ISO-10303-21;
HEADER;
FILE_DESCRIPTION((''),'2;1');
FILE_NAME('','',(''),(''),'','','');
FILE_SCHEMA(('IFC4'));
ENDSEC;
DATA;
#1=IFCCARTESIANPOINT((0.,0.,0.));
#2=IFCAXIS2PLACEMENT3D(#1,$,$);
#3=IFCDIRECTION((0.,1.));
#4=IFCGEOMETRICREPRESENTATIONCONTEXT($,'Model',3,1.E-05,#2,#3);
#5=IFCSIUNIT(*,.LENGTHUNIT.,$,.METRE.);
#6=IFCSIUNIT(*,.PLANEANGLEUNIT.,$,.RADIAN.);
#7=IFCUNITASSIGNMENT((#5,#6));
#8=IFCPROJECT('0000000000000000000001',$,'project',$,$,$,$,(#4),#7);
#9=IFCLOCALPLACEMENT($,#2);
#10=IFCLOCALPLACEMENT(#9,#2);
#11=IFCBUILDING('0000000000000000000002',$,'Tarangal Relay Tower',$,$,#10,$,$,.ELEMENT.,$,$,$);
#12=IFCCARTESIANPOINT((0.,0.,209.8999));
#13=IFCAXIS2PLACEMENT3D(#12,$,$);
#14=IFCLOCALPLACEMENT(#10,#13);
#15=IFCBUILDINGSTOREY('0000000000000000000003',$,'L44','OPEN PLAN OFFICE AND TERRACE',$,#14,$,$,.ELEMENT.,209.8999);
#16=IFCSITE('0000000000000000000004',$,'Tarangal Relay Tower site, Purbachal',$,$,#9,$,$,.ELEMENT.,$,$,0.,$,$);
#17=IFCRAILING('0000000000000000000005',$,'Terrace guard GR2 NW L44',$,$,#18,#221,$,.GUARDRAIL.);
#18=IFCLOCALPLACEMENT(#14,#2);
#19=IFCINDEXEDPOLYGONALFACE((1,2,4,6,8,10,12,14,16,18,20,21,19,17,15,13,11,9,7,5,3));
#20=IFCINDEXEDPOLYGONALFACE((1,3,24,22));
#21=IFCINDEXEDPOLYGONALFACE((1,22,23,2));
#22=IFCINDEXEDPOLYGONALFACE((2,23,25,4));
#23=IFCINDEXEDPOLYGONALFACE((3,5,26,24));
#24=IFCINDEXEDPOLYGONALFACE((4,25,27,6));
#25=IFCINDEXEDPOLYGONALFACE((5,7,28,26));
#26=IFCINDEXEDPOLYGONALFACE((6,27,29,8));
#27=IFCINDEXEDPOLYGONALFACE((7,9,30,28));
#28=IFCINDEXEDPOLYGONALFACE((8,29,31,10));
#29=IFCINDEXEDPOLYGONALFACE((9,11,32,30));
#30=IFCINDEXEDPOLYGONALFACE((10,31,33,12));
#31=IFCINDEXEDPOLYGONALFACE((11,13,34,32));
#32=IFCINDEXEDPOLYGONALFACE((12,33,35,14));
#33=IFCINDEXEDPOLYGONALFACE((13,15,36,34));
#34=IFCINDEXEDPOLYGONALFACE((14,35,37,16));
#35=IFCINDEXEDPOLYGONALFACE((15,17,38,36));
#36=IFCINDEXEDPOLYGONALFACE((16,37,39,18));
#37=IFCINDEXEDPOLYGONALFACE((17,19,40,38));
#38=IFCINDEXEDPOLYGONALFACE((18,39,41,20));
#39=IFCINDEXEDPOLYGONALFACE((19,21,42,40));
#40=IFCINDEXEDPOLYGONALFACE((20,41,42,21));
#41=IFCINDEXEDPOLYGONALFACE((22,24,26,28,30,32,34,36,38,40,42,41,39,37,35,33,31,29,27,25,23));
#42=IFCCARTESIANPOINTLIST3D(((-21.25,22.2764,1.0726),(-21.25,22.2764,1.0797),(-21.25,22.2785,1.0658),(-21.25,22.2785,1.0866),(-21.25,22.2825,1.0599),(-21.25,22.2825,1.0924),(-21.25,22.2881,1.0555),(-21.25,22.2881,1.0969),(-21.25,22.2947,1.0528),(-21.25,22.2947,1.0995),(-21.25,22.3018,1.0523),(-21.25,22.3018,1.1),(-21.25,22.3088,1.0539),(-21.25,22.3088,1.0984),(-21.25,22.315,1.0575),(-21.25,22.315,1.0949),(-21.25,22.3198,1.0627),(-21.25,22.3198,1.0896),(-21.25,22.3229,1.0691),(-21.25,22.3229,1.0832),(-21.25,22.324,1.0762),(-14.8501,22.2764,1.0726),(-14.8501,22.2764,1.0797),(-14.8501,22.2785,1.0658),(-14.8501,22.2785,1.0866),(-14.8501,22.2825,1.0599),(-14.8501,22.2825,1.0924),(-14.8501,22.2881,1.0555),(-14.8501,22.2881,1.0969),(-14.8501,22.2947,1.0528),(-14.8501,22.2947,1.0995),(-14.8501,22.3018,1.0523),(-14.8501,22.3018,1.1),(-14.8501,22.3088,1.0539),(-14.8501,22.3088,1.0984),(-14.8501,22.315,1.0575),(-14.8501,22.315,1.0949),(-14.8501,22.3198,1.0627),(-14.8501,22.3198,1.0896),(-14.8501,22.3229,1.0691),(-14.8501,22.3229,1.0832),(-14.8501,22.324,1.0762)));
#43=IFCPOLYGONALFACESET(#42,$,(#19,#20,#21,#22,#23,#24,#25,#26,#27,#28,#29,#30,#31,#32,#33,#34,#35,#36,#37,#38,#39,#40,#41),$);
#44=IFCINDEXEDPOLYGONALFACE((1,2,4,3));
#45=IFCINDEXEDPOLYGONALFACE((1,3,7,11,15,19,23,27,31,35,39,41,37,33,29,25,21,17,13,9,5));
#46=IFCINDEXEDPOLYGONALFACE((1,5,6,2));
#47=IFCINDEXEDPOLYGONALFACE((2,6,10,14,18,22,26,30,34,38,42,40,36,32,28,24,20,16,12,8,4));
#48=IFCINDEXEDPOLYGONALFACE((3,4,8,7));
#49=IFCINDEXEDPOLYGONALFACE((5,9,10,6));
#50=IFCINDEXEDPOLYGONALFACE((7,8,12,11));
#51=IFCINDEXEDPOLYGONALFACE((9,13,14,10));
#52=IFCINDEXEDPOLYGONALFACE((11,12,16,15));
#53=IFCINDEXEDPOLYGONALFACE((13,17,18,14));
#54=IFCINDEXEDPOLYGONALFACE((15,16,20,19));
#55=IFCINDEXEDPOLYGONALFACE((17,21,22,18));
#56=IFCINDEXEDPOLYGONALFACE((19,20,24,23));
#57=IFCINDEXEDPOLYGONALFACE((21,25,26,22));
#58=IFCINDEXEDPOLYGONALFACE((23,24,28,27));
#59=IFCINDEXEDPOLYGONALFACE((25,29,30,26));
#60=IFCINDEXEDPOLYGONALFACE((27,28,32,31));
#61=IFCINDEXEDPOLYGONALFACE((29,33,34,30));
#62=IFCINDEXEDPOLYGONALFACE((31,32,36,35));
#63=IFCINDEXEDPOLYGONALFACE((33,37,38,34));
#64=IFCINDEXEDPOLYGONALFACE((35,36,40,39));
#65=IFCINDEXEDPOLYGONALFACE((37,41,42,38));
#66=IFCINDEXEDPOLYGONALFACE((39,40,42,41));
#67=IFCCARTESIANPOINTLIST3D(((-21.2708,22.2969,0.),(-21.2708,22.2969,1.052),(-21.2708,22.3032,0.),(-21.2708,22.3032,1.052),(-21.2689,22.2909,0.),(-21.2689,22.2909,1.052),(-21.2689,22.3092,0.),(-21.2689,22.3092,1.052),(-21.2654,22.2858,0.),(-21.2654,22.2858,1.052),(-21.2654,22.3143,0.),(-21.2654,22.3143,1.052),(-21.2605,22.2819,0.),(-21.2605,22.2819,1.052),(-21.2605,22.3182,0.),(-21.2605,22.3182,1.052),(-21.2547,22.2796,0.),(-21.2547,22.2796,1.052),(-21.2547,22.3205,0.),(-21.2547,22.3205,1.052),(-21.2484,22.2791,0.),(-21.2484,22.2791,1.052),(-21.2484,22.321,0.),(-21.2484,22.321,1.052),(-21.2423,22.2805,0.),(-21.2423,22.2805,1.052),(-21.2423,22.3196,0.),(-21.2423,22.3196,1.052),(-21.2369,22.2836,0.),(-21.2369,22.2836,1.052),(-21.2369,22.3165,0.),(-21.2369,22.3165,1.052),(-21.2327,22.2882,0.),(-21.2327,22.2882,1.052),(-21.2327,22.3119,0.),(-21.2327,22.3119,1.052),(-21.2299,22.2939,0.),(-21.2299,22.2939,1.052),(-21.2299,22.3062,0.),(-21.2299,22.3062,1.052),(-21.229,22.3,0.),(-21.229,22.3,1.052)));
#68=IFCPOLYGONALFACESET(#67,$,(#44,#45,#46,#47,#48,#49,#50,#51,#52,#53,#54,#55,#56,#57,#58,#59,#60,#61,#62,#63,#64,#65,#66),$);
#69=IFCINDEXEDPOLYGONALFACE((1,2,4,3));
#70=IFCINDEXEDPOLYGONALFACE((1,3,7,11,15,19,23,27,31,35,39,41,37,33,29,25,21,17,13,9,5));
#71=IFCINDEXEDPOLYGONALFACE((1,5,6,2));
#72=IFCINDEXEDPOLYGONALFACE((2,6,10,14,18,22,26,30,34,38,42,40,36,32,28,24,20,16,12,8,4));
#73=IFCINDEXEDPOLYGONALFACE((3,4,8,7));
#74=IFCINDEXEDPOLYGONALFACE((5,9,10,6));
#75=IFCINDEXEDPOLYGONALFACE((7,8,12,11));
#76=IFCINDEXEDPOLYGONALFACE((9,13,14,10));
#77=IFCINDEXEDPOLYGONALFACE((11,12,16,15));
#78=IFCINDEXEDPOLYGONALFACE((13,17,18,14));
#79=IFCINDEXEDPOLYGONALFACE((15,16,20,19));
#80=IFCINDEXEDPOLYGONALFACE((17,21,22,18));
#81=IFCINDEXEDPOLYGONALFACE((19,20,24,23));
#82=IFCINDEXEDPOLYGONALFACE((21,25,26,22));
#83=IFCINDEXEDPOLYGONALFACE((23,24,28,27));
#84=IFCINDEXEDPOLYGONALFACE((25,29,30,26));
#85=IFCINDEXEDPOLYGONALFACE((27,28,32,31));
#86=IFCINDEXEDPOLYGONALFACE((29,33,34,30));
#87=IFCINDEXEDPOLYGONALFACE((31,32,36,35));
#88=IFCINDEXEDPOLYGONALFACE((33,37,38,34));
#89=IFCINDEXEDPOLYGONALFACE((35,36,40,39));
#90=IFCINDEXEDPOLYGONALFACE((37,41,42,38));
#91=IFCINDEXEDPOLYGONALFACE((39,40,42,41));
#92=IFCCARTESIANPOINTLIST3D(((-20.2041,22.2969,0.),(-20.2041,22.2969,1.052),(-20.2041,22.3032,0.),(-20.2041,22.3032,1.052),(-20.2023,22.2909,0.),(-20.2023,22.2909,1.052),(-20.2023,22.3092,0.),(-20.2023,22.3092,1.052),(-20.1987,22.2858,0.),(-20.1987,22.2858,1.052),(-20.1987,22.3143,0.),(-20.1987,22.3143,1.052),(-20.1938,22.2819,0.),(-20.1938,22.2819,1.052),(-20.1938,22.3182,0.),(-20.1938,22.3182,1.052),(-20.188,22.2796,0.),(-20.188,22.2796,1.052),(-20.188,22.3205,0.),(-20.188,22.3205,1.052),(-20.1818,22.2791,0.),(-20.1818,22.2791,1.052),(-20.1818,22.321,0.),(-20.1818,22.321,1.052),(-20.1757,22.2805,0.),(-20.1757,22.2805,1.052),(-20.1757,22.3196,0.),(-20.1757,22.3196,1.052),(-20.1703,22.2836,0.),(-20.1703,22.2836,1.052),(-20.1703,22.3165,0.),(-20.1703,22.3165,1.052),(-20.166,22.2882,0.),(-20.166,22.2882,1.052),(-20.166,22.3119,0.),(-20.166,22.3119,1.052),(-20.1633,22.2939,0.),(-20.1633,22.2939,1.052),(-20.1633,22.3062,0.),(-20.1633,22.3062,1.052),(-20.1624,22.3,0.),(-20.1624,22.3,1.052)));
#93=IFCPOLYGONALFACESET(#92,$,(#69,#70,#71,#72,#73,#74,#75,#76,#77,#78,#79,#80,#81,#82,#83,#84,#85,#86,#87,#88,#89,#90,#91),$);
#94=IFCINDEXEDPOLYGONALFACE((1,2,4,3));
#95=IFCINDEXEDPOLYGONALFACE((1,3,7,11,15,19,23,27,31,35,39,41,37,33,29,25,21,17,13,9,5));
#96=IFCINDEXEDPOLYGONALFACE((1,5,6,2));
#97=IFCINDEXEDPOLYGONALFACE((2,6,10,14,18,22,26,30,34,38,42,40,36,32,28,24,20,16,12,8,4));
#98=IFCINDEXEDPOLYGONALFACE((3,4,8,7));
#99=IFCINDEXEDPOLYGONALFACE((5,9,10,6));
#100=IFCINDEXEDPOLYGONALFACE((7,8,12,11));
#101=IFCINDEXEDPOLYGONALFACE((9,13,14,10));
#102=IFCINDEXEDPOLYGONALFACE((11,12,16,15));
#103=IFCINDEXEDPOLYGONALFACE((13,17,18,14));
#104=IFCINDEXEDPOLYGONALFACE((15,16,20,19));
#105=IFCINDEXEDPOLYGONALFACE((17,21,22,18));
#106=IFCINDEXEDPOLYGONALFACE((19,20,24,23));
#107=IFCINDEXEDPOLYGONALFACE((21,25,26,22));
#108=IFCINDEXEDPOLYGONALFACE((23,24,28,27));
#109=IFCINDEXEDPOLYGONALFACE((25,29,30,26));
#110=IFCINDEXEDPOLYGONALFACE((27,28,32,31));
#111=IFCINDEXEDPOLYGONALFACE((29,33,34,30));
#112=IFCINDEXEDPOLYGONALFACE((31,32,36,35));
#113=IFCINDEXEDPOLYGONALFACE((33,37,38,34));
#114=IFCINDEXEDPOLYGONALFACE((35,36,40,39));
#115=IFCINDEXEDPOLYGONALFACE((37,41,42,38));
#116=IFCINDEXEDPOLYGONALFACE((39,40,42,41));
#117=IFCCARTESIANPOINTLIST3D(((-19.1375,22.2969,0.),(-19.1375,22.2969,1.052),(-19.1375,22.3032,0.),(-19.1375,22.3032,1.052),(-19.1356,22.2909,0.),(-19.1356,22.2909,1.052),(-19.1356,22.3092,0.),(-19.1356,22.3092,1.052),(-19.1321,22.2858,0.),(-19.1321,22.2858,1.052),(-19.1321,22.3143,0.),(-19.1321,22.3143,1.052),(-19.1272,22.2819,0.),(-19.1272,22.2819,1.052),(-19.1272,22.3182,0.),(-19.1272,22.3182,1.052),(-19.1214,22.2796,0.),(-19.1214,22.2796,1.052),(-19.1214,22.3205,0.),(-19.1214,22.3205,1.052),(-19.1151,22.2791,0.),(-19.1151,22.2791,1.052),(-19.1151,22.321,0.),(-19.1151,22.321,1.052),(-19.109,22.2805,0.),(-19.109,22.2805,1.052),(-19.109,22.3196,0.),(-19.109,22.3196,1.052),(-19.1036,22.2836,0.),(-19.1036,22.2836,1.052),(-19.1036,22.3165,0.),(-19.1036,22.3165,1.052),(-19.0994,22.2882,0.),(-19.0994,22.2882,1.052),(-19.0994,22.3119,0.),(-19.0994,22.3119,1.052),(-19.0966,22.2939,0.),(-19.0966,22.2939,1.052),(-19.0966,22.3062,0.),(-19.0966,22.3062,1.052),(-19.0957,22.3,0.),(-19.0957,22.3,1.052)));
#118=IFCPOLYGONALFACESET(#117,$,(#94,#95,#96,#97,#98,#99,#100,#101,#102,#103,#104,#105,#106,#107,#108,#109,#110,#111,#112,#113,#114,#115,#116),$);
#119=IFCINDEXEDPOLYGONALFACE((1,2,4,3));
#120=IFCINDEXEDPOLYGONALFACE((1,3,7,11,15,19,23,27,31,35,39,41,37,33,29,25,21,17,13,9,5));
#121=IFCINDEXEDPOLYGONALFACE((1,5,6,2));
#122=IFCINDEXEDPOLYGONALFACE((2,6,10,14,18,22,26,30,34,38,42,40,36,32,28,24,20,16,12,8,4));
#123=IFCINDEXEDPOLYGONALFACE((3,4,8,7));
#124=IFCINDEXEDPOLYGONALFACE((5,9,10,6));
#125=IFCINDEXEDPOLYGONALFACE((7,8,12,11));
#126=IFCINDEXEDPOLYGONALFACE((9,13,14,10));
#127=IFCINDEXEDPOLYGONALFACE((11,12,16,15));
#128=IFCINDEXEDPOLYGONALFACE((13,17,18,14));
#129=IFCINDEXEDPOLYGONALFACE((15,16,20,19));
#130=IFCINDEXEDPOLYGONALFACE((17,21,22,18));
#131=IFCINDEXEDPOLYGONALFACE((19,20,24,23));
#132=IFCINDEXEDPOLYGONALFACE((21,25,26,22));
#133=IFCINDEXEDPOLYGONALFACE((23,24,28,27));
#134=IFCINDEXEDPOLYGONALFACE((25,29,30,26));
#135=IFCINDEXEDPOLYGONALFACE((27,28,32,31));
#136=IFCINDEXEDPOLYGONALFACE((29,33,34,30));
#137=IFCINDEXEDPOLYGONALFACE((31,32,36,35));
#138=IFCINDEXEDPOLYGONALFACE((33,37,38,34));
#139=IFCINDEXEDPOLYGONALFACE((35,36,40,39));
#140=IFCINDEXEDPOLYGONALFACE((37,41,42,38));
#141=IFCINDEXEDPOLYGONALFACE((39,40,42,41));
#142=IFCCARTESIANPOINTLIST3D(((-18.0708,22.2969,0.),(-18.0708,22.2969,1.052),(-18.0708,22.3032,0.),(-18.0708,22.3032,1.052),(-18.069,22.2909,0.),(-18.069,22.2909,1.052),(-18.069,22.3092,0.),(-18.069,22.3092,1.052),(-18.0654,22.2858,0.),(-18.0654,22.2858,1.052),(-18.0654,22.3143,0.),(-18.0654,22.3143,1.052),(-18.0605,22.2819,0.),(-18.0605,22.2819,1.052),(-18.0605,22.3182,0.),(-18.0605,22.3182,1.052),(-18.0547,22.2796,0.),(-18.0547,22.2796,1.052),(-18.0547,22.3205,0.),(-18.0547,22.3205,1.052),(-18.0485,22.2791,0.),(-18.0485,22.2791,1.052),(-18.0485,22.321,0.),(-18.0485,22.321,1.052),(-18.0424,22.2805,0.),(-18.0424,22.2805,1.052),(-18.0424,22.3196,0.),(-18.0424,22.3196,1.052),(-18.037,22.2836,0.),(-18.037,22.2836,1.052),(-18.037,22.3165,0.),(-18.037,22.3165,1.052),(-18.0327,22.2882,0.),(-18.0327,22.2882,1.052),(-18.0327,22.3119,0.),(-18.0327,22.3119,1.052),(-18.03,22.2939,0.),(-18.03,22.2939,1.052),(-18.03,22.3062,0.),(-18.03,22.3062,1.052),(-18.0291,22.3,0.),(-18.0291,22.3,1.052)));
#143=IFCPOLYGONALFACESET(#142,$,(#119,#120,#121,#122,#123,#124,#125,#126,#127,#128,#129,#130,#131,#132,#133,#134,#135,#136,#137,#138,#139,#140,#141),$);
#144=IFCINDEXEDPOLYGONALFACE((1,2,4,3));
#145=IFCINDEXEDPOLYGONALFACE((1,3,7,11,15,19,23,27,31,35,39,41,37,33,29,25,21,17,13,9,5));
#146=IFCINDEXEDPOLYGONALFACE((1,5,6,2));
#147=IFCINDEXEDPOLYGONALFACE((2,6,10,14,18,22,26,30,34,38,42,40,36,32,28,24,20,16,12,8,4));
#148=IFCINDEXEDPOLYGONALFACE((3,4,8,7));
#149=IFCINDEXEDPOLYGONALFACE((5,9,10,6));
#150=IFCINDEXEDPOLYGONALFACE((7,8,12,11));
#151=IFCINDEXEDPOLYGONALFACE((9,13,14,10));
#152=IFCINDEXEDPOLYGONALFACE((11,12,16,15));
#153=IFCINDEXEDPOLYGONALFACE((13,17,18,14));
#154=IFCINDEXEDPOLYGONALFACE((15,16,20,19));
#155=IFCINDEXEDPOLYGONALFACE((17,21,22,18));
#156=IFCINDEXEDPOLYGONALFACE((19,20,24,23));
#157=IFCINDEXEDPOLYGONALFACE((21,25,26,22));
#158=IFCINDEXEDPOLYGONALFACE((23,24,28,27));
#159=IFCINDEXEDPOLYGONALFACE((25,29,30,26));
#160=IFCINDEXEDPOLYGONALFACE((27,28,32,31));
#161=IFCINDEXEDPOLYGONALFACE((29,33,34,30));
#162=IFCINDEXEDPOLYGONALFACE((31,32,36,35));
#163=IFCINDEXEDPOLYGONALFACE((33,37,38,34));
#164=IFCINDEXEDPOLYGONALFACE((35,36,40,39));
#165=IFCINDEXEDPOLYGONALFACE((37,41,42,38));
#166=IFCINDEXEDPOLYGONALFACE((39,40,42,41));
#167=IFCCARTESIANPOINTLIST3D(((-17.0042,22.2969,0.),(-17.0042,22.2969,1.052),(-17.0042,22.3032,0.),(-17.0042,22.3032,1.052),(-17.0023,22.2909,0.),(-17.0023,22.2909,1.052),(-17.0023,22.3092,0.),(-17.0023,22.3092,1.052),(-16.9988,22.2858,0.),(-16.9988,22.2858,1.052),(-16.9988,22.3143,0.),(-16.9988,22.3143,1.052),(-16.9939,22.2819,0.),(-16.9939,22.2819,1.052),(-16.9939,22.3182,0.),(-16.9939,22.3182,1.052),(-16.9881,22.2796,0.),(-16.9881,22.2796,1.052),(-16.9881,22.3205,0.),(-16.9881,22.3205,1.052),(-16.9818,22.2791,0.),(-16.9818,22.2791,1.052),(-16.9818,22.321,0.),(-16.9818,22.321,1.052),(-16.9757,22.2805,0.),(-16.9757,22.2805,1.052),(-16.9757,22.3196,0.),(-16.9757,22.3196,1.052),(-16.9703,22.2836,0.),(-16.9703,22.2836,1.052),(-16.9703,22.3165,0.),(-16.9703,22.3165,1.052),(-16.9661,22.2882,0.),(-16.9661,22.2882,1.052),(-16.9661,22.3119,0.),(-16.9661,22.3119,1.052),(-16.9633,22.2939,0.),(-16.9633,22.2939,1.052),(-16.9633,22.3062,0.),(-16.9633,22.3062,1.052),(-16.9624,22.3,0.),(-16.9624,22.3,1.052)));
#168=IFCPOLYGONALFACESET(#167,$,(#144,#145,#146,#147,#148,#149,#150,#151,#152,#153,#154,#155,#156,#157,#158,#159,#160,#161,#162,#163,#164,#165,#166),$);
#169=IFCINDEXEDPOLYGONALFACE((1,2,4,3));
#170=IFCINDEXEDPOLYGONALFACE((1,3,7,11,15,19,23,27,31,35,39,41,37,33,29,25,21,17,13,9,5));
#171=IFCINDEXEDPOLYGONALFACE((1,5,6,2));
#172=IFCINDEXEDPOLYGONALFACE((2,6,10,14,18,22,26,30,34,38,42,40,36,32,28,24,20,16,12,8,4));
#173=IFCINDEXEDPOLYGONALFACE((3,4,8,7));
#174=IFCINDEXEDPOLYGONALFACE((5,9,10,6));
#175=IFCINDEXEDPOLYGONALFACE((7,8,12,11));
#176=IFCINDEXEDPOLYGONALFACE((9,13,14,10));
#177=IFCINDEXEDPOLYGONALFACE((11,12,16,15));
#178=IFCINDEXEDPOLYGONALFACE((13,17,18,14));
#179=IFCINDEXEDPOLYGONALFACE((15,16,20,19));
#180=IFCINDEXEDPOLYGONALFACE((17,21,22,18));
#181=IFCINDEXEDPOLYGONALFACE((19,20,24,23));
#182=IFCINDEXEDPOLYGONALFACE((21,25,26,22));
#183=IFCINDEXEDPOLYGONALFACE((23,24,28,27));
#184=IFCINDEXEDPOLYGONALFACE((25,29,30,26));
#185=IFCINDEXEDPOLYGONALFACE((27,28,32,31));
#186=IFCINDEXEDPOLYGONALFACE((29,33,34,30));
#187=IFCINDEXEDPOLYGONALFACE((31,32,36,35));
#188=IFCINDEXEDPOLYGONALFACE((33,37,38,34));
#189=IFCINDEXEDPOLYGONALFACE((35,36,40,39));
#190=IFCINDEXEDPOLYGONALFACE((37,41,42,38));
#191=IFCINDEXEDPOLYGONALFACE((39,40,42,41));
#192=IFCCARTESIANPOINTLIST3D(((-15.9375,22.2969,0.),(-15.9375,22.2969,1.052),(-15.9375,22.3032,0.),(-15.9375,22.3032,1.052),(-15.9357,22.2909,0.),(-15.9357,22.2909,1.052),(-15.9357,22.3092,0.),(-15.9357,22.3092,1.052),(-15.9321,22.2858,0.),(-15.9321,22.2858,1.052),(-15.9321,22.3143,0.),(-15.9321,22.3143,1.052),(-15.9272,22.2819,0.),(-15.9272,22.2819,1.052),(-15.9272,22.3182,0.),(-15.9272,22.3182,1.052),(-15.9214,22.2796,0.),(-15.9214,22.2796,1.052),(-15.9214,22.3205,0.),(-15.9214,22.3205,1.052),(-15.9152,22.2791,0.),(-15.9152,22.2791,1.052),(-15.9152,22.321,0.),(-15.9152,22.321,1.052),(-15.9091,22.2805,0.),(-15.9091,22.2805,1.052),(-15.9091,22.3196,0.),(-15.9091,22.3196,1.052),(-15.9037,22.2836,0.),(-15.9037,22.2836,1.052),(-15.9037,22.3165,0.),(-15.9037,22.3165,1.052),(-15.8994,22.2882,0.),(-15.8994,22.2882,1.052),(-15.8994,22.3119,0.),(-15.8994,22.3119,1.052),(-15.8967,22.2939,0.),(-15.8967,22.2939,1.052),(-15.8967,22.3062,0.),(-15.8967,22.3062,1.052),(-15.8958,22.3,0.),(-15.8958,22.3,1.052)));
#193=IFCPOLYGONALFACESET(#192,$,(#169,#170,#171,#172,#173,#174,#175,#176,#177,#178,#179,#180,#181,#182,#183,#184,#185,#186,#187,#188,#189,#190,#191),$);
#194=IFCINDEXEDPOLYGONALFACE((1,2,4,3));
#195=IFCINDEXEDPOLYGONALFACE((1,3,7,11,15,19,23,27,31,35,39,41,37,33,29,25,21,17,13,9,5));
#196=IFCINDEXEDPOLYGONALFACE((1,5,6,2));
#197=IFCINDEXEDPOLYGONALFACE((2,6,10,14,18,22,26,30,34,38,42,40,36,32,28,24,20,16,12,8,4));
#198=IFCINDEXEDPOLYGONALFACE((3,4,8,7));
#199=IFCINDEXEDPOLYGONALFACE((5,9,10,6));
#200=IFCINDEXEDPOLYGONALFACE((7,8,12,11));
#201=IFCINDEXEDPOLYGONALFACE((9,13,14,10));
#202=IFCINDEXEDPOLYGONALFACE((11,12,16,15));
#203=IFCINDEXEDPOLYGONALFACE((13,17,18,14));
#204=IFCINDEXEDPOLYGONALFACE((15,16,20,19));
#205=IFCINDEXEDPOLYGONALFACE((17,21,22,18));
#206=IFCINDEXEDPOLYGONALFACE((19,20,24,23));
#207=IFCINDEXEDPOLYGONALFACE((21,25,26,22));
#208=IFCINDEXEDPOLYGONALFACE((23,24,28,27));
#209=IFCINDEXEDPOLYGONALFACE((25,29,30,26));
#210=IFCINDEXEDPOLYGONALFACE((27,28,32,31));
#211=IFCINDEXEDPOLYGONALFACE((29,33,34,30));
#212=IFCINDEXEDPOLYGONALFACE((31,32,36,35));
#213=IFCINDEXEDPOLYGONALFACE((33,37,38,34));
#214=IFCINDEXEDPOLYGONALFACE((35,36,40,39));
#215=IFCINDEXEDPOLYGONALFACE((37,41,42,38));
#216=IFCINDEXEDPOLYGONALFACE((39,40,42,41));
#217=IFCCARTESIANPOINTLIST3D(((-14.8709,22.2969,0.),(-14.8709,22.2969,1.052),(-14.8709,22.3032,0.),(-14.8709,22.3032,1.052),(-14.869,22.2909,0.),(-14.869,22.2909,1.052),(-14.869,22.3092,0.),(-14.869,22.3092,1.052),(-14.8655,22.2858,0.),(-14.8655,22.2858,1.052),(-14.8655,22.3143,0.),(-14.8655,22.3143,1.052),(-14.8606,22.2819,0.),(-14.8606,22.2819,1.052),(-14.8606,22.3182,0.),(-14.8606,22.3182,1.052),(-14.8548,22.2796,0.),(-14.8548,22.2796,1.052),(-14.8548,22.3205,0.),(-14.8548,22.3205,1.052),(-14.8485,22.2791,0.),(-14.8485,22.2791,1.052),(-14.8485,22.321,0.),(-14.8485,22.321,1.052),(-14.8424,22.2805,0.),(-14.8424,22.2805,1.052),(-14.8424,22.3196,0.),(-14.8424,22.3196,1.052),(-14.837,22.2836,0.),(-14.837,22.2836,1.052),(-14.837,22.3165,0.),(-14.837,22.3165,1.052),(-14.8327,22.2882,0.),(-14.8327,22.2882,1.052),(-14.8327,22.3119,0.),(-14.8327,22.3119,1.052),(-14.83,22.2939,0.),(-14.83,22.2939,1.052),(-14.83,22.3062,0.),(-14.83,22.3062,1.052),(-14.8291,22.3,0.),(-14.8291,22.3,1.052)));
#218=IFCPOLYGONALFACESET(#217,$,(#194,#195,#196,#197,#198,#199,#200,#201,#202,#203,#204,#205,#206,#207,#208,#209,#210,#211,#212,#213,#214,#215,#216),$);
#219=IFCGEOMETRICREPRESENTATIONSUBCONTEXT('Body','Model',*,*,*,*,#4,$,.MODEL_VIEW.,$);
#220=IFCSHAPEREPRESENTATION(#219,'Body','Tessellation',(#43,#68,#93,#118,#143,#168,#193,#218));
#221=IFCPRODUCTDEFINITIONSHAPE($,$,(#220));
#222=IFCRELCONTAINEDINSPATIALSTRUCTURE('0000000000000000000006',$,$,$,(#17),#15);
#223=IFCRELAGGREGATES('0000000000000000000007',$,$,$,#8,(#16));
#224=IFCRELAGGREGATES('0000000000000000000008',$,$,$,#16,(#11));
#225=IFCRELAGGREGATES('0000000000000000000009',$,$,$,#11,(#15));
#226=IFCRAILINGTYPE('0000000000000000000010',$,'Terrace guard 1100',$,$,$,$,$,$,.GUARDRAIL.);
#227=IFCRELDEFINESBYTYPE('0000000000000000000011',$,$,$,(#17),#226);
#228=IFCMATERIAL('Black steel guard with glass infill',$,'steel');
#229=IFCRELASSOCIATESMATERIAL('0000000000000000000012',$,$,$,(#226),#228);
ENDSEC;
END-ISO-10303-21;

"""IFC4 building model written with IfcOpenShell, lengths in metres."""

from ifc_helpers import new_model, si_unit, direction, frame, origin, origin_2d, place, context, subcontext, project, spatial, circle, extrude, material, type_object, element, save


model = new_model("IFC4")

# Units and contexts
model_context = context("Model", 3, precision=1e-05, world=origin(), true_north=direction((0.0, 1.0)))
body_context = subcontext(model_context, "Body", "Model", "MODEL_VIEW")
ifc_project = project(units=[si_unit("LENGTHUNIT", "METRE"), si_unit("PLANEANGLEUNIT", "RADIAN")], contexts=[model_context])

# Site, building, storey
site_placement = place(None, origin())
site = spatial("IfcSite", under=ifc_project, at=site_placement, Name="Tarangal Relay Tower site, Purbachal", CompositionType="ELEMENT", RefElevation=0.0)
building_placement = place(site_placement, origin())
building = spatial("IfcBuilding", under=site, at=building_placement, Name="Tarangal Relay Tower", CompositionType="ELEMENT")
storey_placement = place(building_placement, frame((0.0, 0.0, 209.8999)))
storey = spatial("IfcBuildingStorey", under=building, at=storey_placement, Name="L44", Description="OPEN PLAN OFFICE AND TERRACE", CompositionType="ELEMENT", Elevation=209.8999)

# Railing
ifc_material_1 = material(Name="Black steel guard with glass infill", Category="steel")
railing_type = type_object("IfcRailingType", Name="Terrace guard 1100", PredefinedType="GUARDRAIL", material=ifc_material_1)
railing_1_placement = place(storey_placement, frame((-21.25, 22.3, 0.0)))
element("IfcRailing", 1, at=railing_1_placement, inside=storey, type_object=railing_type, Name="Terrace guard GR2 NW L44", PredefinedType="GUARDRAIL", context=body_context, shape_type="SweptSolid", body=[
    extrude(circle(Radius=0.0239, at=origin_2d()), frame((0.0, 0.0, 1.0762), z_axis=(1.0, 0.0, 0.0), x_axis=(0.0, 1.0, 0.0)), (0.0, 0.0, 1.0), 6.3999),
    extrude(circle(Radius=0.021, at=origin_2d()), origin(), (0.0, 0.0, 1.0), 1.052),
    extrude(circle(Radius=0.021, at=origin_2d()), frame((1.0667, 0.0, 0.0)), (0.0, 0.0, 1.0), 1.052),
    extrude(circle(Radius=0.021, at=origin_2d()), frame((2.1333, 0.0, 0.0)), (0.0, 0.0, 1.0), 1.052),
    extrude(circle(Radius=0.021, at=origin_2d()), frame((3.2, 0.0, 0.0)), (0.0, 0.0, 1.0), 1.052),
    extrude(circle(Radius=0.021, at=origin_2d()), frame((4.2666, 0.0, 0.0)), (0.0, 0.0, 1.0), 1.052),
    extrude(circle(Radius=0.021, at=origin_2d()), frame((5.3333, 0.0, 0.0)), (0.0, 0.0, 1.0), 1.052),
    extrude(circle(Radius=0.021, at=origin_2d()), frame((6.3999, 0.0, 0.0)), (0.0, 0.0, 1.0), 1.052),
])

save(model, "model.ifc")
